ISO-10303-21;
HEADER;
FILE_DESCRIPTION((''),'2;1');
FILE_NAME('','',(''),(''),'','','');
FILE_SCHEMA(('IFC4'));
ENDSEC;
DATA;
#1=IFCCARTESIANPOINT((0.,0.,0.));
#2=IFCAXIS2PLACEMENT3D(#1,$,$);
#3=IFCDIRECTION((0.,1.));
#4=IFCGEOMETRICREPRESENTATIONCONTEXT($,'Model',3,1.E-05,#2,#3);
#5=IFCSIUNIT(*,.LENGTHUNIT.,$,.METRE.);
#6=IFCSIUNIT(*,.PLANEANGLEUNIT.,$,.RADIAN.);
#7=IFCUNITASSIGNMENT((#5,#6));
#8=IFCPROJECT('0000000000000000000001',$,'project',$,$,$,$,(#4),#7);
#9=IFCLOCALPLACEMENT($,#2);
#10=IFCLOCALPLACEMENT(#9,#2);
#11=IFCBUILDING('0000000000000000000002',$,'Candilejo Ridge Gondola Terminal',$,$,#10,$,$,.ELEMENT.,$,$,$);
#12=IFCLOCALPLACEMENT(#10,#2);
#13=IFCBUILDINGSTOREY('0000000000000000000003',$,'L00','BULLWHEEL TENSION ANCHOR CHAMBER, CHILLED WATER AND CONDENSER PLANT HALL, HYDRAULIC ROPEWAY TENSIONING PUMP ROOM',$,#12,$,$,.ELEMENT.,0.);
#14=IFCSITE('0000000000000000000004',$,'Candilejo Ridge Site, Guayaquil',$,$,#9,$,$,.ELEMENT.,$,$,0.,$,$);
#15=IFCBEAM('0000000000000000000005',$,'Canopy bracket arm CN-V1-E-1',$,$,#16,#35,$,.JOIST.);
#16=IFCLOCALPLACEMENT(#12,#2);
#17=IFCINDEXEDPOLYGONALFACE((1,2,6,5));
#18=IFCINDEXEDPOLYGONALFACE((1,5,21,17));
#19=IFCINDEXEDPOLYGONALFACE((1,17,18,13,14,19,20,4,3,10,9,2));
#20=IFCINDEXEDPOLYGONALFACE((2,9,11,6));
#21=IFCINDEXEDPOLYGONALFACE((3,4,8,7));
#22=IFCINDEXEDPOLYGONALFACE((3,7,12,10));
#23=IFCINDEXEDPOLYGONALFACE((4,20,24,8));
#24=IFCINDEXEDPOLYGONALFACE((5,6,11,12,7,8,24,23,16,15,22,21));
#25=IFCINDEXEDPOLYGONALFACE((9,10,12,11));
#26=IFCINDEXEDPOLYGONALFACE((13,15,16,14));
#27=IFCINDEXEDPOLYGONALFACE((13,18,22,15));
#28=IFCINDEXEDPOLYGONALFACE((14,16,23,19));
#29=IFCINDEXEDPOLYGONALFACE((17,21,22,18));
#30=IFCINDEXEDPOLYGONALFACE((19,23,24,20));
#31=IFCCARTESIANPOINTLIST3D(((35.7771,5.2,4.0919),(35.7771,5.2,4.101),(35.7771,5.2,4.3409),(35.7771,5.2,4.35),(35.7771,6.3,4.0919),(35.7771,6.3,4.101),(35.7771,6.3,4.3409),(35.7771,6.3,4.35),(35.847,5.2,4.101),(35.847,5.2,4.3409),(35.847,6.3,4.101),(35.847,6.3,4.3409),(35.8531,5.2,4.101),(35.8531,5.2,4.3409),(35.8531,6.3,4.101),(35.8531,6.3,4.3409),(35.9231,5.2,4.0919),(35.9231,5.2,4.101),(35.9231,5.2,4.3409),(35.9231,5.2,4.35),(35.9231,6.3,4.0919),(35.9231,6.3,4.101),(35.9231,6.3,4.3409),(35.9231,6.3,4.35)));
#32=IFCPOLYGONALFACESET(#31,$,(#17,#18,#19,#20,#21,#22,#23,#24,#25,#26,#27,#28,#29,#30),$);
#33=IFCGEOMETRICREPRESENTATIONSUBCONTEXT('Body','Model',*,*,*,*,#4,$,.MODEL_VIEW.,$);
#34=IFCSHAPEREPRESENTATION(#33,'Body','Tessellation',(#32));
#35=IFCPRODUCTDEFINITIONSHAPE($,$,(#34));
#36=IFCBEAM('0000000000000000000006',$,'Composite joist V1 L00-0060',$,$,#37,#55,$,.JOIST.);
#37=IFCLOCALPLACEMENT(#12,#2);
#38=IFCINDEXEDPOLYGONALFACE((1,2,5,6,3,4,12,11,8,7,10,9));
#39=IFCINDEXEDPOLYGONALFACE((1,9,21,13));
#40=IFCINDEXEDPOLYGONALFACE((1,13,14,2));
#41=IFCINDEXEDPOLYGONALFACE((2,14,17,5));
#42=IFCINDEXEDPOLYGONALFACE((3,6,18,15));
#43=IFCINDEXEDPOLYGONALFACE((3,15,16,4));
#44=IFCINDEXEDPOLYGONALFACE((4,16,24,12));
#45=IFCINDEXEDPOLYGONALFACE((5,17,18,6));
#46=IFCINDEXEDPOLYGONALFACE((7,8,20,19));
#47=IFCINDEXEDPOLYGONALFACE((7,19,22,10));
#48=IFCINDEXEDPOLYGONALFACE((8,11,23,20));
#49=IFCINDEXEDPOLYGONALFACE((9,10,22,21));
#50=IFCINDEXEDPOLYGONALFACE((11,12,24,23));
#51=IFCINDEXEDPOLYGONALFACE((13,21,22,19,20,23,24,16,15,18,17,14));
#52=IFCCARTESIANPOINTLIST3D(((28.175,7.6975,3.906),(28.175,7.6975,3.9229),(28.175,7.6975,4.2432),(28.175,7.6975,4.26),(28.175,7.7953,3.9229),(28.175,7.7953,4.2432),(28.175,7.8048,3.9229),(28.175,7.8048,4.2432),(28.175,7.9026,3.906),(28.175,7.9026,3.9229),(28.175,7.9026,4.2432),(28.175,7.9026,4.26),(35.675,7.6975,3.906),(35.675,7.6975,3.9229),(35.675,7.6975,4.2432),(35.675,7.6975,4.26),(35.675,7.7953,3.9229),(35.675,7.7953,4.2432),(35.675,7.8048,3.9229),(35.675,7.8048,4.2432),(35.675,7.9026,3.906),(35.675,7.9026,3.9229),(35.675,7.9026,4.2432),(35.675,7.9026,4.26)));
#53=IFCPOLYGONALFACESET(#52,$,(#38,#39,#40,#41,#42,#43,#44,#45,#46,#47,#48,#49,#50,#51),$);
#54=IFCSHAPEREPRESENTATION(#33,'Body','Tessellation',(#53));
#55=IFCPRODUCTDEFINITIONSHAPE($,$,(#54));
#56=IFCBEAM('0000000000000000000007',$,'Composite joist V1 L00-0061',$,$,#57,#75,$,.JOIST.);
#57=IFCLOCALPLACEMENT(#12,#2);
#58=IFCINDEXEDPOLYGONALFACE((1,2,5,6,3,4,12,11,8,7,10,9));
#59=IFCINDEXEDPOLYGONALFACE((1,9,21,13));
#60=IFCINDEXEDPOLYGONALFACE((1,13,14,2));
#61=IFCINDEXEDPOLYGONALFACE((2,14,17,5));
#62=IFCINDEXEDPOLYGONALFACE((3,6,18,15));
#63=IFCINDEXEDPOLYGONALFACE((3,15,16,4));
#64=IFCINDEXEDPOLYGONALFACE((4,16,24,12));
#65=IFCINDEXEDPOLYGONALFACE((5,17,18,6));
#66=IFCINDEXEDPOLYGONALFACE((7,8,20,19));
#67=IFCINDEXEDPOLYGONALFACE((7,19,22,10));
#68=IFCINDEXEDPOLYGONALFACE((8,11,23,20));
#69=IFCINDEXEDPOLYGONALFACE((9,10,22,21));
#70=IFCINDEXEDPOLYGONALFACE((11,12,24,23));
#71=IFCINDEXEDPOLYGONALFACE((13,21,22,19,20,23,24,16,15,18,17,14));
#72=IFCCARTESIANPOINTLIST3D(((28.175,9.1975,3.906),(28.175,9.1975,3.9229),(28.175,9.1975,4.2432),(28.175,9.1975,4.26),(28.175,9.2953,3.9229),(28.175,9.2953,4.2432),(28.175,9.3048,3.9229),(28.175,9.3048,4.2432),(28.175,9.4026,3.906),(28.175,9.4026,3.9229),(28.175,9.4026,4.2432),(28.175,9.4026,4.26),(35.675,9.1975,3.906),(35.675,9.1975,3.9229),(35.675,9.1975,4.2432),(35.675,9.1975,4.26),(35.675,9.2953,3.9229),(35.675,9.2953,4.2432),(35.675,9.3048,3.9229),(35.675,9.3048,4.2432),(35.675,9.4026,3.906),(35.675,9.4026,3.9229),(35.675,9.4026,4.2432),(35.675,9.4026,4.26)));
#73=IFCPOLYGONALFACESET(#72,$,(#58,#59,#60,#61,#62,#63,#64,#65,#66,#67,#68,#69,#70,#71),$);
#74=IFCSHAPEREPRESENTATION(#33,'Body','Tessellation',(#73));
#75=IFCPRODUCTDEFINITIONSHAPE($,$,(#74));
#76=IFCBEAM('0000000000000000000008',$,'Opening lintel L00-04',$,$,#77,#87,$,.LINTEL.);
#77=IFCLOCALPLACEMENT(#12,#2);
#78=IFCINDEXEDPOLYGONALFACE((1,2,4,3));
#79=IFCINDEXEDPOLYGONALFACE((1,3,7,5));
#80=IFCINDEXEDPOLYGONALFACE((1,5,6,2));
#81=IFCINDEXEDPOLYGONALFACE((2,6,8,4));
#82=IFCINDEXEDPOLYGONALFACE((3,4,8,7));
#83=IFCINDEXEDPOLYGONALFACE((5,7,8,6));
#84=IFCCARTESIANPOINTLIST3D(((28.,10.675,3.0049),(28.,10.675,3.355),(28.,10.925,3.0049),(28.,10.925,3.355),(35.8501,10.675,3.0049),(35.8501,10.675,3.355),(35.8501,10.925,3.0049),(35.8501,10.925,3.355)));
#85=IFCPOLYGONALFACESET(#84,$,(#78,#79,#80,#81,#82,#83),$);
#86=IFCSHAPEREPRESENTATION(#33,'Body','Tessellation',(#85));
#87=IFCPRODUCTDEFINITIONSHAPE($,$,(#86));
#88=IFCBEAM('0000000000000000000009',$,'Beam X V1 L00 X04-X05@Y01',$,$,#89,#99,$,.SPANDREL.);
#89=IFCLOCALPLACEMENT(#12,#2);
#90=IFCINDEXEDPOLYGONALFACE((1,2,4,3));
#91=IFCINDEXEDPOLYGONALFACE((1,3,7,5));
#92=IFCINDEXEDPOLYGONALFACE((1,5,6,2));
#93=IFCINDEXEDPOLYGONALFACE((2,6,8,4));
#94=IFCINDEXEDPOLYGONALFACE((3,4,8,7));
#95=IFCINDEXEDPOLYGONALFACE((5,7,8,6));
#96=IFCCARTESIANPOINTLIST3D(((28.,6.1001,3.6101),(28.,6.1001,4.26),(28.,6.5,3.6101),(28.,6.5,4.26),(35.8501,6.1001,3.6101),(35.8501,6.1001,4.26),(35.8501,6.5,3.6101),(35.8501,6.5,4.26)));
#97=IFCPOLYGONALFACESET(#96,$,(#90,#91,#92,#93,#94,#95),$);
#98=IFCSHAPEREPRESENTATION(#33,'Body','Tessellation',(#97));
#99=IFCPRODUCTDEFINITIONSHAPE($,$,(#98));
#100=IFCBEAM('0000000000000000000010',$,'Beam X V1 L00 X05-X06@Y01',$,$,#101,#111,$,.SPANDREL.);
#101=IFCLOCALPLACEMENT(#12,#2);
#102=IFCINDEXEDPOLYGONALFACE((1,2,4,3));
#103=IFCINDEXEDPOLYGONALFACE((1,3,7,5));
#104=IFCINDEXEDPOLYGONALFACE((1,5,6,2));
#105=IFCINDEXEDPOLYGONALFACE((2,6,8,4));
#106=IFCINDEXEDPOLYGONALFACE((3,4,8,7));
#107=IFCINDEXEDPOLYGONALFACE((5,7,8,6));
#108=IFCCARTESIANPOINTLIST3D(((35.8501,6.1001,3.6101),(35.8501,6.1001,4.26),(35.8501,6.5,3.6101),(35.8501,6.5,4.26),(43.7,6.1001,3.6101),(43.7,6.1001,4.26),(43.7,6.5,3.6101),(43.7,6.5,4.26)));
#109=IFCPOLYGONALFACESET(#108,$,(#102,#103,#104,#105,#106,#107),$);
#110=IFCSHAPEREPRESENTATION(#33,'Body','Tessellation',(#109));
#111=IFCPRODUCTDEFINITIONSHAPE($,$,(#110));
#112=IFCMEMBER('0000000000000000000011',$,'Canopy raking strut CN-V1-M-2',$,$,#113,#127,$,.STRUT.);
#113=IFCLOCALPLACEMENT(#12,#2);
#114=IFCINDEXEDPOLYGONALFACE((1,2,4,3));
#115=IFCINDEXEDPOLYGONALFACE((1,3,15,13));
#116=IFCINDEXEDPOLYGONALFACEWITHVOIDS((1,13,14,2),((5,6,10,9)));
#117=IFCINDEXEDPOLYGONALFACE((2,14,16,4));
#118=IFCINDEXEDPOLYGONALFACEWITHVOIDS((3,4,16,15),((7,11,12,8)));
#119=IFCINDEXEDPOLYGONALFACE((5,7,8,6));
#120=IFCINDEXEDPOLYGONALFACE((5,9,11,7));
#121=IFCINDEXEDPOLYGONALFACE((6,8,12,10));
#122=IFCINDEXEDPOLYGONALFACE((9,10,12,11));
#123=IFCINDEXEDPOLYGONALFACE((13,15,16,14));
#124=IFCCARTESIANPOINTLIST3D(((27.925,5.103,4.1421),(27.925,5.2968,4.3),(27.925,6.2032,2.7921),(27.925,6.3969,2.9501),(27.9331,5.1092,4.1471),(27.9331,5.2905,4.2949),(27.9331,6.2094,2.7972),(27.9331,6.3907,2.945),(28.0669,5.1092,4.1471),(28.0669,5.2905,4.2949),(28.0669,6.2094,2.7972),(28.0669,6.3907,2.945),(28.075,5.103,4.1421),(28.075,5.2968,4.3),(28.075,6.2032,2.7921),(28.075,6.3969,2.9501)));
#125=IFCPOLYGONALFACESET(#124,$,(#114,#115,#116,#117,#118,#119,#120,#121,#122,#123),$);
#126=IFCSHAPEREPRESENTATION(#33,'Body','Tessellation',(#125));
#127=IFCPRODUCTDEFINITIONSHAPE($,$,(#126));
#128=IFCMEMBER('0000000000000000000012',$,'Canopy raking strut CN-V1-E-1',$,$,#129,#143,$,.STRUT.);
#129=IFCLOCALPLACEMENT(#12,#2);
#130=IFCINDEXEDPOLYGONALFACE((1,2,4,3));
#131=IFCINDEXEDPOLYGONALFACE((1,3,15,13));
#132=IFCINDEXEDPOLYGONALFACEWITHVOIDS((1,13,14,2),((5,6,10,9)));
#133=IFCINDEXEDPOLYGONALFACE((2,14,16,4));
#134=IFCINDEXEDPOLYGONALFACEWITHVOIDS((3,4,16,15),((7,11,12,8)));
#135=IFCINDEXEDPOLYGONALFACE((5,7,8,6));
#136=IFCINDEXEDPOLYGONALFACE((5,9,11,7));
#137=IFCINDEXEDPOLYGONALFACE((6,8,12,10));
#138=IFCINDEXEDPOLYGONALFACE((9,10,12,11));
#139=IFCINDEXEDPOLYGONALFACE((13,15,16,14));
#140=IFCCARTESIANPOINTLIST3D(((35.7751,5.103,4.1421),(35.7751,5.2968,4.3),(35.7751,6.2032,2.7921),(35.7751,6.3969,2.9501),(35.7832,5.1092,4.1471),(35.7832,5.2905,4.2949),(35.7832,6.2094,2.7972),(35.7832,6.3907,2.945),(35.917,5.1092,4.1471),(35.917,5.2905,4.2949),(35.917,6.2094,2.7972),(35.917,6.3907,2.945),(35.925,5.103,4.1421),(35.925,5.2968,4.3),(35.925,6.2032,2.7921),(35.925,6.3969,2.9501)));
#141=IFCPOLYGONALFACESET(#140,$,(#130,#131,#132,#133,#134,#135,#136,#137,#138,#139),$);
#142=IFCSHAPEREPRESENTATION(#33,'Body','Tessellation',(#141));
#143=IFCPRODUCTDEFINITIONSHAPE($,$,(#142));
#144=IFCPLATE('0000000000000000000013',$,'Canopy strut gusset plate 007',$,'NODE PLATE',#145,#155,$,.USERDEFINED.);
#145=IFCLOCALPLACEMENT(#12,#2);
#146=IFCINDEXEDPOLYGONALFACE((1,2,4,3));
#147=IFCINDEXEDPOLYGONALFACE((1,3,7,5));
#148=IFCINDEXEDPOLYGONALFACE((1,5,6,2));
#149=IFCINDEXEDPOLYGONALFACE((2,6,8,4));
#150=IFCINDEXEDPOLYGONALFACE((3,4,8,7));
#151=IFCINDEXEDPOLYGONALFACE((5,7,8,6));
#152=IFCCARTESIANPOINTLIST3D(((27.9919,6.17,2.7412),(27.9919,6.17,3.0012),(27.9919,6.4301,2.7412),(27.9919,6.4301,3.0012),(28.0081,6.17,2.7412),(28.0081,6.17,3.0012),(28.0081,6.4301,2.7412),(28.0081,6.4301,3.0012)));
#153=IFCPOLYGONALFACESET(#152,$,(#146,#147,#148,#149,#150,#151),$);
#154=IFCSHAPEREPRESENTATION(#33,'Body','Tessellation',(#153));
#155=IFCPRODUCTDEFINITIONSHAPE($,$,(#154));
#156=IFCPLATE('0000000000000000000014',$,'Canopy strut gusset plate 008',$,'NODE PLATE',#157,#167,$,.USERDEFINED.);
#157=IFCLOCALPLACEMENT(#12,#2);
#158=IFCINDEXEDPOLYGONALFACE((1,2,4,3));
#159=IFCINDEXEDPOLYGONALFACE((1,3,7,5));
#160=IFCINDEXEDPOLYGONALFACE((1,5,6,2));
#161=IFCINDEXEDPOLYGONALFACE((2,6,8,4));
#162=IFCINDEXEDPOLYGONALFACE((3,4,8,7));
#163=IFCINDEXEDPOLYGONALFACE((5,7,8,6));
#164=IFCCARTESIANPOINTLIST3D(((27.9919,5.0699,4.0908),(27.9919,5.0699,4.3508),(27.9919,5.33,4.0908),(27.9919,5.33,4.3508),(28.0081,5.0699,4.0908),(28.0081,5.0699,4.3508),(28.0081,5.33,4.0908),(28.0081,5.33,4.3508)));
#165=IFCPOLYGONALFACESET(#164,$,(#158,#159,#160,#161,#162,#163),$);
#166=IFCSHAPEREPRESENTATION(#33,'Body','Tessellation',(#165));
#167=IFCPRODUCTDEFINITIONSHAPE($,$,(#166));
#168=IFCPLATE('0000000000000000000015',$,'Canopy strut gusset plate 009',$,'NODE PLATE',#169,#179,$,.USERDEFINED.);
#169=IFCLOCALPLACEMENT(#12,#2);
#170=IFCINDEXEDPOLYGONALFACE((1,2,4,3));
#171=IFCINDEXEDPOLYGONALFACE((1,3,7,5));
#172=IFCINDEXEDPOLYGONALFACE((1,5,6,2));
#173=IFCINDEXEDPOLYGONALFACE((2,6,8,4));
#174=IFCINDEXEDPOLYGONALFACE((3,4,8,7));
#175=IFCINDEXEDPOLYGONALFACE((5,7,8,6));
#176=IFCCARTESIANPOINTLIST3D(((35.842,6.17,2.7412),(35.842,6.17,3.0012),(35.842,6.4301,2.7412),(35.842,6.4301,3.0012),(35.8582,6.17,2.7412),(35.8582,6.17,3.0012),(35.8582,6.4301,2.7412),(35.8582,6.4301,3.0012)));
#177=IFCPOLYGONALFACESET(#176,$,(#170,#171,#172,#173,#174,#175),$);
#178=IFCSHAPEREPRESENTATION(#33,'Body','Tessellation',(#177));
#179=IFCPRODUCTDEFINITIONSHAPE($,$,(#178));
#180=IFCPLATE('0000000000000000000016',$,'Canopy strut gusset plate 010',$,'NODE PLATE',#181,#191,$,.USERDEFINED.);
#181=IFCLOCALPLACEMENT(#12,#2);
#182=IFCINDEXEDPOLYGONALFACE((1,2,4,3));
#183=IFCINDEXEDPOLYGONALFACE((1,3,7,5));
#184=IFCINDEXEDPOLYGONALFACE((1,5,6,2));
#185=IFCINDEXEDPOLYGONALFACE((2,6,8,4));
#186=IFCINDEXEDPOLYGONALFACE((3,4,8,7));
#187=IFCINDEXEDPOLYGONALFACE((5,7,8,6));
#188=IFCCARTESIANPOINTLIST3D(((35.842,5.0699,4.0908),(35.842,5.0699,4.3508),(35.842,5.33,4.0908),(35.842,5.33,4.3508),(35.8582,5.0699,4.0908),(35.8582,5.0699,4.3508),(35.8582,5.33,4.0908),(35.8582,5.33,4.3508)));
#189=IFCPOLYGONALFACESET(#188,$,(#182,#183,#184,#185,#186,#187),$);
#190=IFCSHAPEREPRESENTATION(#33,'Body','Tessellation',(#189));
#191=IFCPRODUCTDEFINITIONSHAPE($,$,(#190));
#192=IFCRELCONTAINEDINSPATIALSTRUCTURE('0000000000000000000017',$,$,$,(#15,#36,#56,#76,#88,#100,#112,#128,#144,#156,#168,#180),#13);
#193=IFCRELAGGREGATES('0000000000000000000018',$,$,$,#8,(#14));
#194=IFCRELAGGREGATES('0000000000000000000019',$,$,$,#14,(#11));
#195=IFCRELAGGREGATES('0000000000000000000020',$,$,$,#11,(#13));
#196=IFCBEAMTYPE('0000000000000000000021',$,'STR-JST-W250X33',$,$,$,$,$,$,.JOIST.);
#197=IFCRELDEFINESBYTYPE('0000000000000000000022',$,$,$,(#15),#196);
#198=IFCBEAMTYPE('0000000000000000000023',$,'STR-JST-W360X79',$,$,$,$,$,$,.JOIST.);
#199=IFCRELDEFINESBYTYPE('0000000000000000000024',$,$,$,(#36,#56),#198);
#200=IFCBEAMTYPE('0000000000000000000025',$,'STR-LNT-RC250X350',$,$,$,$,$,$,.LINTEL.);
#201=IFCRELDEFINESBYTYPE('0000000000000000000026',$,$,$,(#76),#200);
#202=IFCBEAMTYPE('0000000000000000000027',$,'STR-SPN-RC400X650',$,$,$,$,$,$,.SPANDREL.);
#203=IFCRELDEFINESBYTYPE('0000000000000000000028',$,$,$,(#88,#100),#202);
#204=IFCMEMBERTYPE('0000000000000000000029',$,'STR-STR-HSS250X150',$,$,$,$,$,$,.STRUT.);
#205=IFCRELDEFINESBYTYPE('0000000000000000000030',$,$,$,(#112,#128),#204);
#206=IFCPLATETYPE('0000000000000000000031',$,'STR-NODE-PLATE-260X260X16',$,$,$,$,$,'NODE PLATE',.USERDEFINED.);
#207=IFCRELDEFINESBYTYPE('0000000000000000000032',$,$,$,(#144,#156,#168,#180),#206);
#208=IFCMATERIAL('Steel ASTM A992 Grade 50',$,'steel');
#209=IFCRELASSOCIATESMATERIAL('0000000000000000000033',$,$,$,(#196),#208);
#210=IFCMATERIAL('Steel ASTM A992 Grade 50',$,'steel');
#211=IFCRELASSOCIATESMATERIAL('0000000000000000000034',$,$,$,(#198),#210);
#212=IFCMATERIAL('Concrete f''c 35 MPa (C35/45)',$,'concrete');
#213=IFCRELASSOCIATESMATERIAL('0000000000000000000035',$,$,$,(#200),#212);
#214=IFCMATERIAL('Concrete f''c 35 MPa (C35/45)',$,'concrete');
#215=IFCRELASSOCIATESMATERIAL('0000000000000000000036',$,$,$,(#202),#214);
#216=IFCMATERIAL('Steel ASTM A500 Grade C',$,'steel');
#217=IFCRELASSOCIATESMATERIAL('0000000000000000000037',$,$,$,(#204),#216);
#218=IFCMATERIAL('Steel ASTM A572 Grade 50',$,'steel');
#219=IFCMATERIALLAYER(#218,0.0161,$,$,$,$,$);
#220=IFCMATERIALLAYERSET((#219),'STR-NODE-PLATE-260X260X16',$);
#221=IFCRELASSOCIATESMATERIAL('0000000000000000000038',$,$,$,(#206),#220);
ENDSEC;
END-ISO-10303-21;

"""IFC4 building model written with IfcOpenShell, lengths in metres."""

from ifc_helpers import new_model, si_unit, direction, frame, origin, origin_2d, place, context, subcontext, project, spatial, rectangle, hollow_rectangle, i_section, extrude, material, layer, layer_set, material_profile, profile_set, type_object, element, save


model = new_model("IFC4")

# Units and contexts
model_context = context("Model", 3, precision=1e-05, world=origin(), true_north=direction((0.0, 1.0)))
body_context = subcontext(model_context, "Body", "Model", "MODEL_VIEW")
ifc_project = project(units=[si_unit("LENGTHUNIT", "METRE"), si_unit("PLANEANGLEUNIT", "RADIAN")], contexts=[model_context])

# Site, building, storey
site_placement = place(None, origin())
site = spatial("IfcSite", under=ifc_project, at=site_placement, Name="Candilejo Ridge Site, Guayaquil", CompositionType="ELEMENT", RefElevation=0.0)
building_placement = place(site_placement, origin())
building = spatial("IfcBuilding", under=site, at=building_placement, Name="Candilejo Ridge Gondola Terminal", CompositionType="ELEMENT")
storey_placement = place(building_placement, origin())
storey = spatial("IfcBuildingStorey", under=building, at=storey_placement, Name="L00", Description="BULLWHEEL TENSION ANCHOR CHAMBER, CHILLED WATER AND CONDENSER PLANT HALL, HYDRAULIC ROPEWAY TENSIONING PUMP ROOM", CompositionType="ELEMENT", Elevation=0.0)

# Beams
ifc_material_1 = material(Name="Steel ASTM A992 Grade 50", Category="steel")
ifc_material_profile_1 = material_profile(ifc_material_1, i_section(OverallWidth=0.146, OverallDepth=0.2581, WebThickness=0.0061, FlangeThickness=0.009, at=origin_2d()))
ifc_profile_set_1 = profile_set([ifc_material_profile_1], Name="Steel ASTM A992 Grade 50")
beam_type_1 = type_object("IfcBeamType", Name="STR-JST-W250X33", PredefinedType="JOIST", material=ifc_profile_set_1)
beam_1_placement = place(storey_placement, frame((35.8501, 5.2, 4.2209), z_axis=(0.0, 1.0, 0.0), x_axis=(-1.0, 0.0, 0.0)))
element("IfcBeam", 1, at=beam_1_placement, inside=storey, type_object=beam_type_1, Name="Canopy bracket arm CN-V1-E-1", PredefinedType="JOIST", context=body_context, shape_type="SweptSolid", body=[
    extrude(i_section(OverallWidth=0.146, OverallDepth=0.2581, WebThickness=0.0061, FlangeThickness=0.009, at=origin_2d()), origin(), (0.0, 0.0, 1.0), 1.1001),
])
ifc_material_2 = material(Name="Steel ASTM A992 Grade 50", Category="steel")
ifc_material_profile_2 = material_profile(ifc_material_2, i_section(OverallWidth=0.2051, OverallDepth=0.354, WebThickness=0.0095, FlangeThickness=0.0168, at=origin_2d()))
ifc_profile_set_2 = profile_set([ifc_material_profile_2], Name="Steel ASTM A992 Grade 50")
beam_type_2 = type_object("IfcBeamType", Name="STR-JST-W360X79", PredefinedType="JOIST", material=ifc_profile_set_2)
for number, where, z_axis, x_axis, name in (
    (2, (28.175, 7.8, 4.083), (1.0, 0.0, 0.0), (0.0, 1.0, 0.0), "Composite joist V1 L00-0060"),
    (3, (28.175, 9.3, 4.083), (1.0, 0.0, 0.0), (0.0, 1.0, 0.0), "Composite joist V1 L00-0061"),
):
    element("IfcBeam", number, at=place(storey_placement, frame(where, z_axis=z_axis, x_axis=x_axis)), inside=storey, type_object=beam_type_2, Name=name, PredefinedType="JOIST", context=body_context, shape_type="SweptSolid", body=[
        extrude(i_section(OverallWidth=0.2051, OverallDepth=0.354, WebThickness=0.0095, FlangeThickness=0.0168, at=origin_2d()), origin(), (0.0, 0.0, 1.0), 7.5),
    ])
ifc_material_3 = material(Name="Concrete f'c 35 MPa (C35/45)", Category="concrete")
ifc_material_profile_3 = material_profile(ifc_material_3, rectangle(XDim=0.25, YDim=0.3501, at=origin_2d()))
ifc_profile_set_3 = profile_set([ifc_material_profile_3], Name="Concrete f'c 35 MPa (C35/45)")
beam_type_3 = type_object("IfcBeamType", Name="STR-LNT-RC250X350", PredefinedType="LINTEL", material=ifc_profile_set_3)
beam_2_placement = place(storey_placement, frame((28.0, 10.8, 3.1799), z_axis=(1.0, 0.0, 0.0), x_axis=(0.0, 1.0, 0.0)))
element("IfcBeam", 4, at=beam_2_placement, inside=storey, type_object=beam_type_3, Name="Opening lintel L00-04", PredefinedType="LINTEL", context=body_context, shape_type="SweptSolid", body=[
    extrude(rectangle(XDim=0.25, YDim=0.3501, at=origin_2d()), origin(), (0.0, 0.0, 1.0), 7.8501),
])
ifc_material_4 = material(Name="Concrete f'c 35 MPa (C35/45)", Category="concrete")
ifc_material_profile_4 = material_profile(ifc_material_4, rectangle(XDim=0.3999, YDim=0.6499, at=origin_2d()))
ifc_profile_set_4 = profile_set([ifc_material_profile_4], Name="Concrete f'c 35 MPa (C35/45)")
beam_type_4 = type_object("IfcBeamType", Name="STR-SPN-RC400X650", PredefinedType="SPANDREL", material=ifc_profile_set_4)
beam_3_placement = place(storey_placement, frame((28.0, 6.3, 3.9351), z_axis=(1.0, 0.0, 0.0), x_axis=(0.0, 1.0, 0.0)))
element("IfcBeam", 5, at=beam_3_placement, inside=storey, type_object=beam_type_4, Name="Beam X V1 L00 X04-X05@Y01", PredefinedType="SPANDREL", context=body_context, shape_type="SweptSolid", body=[
    extrude(rectangle(XDim=0.3999, YDim=0.6499, at=origin_2d()), origin(), (0.0, 0.0, 1.0), 7.8501),
])
beam_4_placement = place(storey_placement, frame((35.8501, 6.3, 3.9351), z_axis=(1.0, 0.0, 0.0), x_axis=(0.0, 1.0, 0.0)))
element("IfcBeam", 6, at=beam_4_placement, inside=storey, type_object=beam_type_4, Name="Beam X V1 L00 X05-X06@Y01", PredefinedType="SPANDREL", context=body_context, shape_type="SweptSolid", body=[
    extrude(rectangle(XDim=0.3999, YDim=0.6499, at=origin_2d()), origin(), (0.0, 0.0, 1.0), 7.8499),
])

# Members
ifc_material_5 = material(Name="Steel ASTM A500 Grade C", Category="steel")
ifc_material_profile_5 = material_profile(ifc_material_5, hollow_rectangle(XDim=0.1499, YDim=0.25, WallThickness=0.0081, at=origin_2d()))
ifc_profile_set_5 = profile_set([ifc_material_profile_5], Name="Steel ASTM A500 Grade C")
member_type = type_object("IfcMemberType", Name="STR-STR-HSS250X150", PredefinedType="STRUT", material=ifc_profile_set_5)
for number, where, z_axis, x_axis, name in (
    (7, (28.0, 6.3, 2.8711), (0.0, -0.631748, 0.775174), (1.0, 0.0, 0.0), "Canopy raking strut CN-V1-M-2"),
    (8, (35.8501, 6.3, 2.8711), (0.0, -0.631748, 0.775174), (1.0, 0.0, 0.0), "Canopy raking strut CN-V1-E-1"),
):
    element("IfcMember", number, at=place(storey_placement, frame(where, z_axis=z_axis, x_axis=x_axis)), inside=storey, type_object=member_type, Name=name, PredefinedType="STRUT", context=body_context, shape_type="SweptSolid", body=[
        extrude(hollow_rectangle(XDim=0.1499, YDim=0.25, WallThickness=0.0081, at=origin_2d()), origin(), (0.0, 0.0, 1.0), 1.7415),
    ])

# Plates
ifc_material_6 = material(Name="Steel ASTM A572 Grade 50", Category="steel")
ifc_layer_1 = layer(ifc_material_6, 0.0161)
ifc_layer_set_1 = layer_set([ifc_layer_1], Name="STR-NODE-PLATE-260X260X16")
plate_type = type_object("IfcPlateType", Name="STR-NODE-PLATE-260X260X16", ElementType="NODE PLATE", PredefinedType="USERDEFINED", material=ifc_layer_set_1)
for number, where, z_axis, x_axis, name in (
    (9, (28.0, 6.3, 2.7412), (0.0, 0.0, 1.0), (1.0, 0.0, 0.0), "Canopy strut gusset plate 007"),
    (10, (28.0, 5.2, 4.0908), (0.0, 0.0, 1.0), (1.0, 0.0, 0.0), "Canopy strut gusset plate 008"),
    (11, (35.8501, 6.3, 2.7412), (0.0, 0.0, 1.0), (1.0, 0.0, 0.0), "Canopy strut gusset plate 009"),
    (12, (35.8501, 5.2, 4.0908), (0.0, 0.0, 1.0), (1.0, 0.0, 0.0), "Canopy strut gusset plate 010"),
):
    element("IfcPlate", number, at=place(storey_placement, frame(where, z_axis=z_axis, x_axis=x_axis)), inside=storey, type_object=plate_type, Name=name, ObjectType="NODE PLATE", PredefinedType="USERDEFINED", context=body_context, shape_type="SweptSolid", body=[
        extrude(rectangle(XDim=0.0161, YDim=0.26, at=origin_2d()), origin(), (0.0, 0.0, 1.0), 0.26),
    ])

save(model, "model.ifc")
